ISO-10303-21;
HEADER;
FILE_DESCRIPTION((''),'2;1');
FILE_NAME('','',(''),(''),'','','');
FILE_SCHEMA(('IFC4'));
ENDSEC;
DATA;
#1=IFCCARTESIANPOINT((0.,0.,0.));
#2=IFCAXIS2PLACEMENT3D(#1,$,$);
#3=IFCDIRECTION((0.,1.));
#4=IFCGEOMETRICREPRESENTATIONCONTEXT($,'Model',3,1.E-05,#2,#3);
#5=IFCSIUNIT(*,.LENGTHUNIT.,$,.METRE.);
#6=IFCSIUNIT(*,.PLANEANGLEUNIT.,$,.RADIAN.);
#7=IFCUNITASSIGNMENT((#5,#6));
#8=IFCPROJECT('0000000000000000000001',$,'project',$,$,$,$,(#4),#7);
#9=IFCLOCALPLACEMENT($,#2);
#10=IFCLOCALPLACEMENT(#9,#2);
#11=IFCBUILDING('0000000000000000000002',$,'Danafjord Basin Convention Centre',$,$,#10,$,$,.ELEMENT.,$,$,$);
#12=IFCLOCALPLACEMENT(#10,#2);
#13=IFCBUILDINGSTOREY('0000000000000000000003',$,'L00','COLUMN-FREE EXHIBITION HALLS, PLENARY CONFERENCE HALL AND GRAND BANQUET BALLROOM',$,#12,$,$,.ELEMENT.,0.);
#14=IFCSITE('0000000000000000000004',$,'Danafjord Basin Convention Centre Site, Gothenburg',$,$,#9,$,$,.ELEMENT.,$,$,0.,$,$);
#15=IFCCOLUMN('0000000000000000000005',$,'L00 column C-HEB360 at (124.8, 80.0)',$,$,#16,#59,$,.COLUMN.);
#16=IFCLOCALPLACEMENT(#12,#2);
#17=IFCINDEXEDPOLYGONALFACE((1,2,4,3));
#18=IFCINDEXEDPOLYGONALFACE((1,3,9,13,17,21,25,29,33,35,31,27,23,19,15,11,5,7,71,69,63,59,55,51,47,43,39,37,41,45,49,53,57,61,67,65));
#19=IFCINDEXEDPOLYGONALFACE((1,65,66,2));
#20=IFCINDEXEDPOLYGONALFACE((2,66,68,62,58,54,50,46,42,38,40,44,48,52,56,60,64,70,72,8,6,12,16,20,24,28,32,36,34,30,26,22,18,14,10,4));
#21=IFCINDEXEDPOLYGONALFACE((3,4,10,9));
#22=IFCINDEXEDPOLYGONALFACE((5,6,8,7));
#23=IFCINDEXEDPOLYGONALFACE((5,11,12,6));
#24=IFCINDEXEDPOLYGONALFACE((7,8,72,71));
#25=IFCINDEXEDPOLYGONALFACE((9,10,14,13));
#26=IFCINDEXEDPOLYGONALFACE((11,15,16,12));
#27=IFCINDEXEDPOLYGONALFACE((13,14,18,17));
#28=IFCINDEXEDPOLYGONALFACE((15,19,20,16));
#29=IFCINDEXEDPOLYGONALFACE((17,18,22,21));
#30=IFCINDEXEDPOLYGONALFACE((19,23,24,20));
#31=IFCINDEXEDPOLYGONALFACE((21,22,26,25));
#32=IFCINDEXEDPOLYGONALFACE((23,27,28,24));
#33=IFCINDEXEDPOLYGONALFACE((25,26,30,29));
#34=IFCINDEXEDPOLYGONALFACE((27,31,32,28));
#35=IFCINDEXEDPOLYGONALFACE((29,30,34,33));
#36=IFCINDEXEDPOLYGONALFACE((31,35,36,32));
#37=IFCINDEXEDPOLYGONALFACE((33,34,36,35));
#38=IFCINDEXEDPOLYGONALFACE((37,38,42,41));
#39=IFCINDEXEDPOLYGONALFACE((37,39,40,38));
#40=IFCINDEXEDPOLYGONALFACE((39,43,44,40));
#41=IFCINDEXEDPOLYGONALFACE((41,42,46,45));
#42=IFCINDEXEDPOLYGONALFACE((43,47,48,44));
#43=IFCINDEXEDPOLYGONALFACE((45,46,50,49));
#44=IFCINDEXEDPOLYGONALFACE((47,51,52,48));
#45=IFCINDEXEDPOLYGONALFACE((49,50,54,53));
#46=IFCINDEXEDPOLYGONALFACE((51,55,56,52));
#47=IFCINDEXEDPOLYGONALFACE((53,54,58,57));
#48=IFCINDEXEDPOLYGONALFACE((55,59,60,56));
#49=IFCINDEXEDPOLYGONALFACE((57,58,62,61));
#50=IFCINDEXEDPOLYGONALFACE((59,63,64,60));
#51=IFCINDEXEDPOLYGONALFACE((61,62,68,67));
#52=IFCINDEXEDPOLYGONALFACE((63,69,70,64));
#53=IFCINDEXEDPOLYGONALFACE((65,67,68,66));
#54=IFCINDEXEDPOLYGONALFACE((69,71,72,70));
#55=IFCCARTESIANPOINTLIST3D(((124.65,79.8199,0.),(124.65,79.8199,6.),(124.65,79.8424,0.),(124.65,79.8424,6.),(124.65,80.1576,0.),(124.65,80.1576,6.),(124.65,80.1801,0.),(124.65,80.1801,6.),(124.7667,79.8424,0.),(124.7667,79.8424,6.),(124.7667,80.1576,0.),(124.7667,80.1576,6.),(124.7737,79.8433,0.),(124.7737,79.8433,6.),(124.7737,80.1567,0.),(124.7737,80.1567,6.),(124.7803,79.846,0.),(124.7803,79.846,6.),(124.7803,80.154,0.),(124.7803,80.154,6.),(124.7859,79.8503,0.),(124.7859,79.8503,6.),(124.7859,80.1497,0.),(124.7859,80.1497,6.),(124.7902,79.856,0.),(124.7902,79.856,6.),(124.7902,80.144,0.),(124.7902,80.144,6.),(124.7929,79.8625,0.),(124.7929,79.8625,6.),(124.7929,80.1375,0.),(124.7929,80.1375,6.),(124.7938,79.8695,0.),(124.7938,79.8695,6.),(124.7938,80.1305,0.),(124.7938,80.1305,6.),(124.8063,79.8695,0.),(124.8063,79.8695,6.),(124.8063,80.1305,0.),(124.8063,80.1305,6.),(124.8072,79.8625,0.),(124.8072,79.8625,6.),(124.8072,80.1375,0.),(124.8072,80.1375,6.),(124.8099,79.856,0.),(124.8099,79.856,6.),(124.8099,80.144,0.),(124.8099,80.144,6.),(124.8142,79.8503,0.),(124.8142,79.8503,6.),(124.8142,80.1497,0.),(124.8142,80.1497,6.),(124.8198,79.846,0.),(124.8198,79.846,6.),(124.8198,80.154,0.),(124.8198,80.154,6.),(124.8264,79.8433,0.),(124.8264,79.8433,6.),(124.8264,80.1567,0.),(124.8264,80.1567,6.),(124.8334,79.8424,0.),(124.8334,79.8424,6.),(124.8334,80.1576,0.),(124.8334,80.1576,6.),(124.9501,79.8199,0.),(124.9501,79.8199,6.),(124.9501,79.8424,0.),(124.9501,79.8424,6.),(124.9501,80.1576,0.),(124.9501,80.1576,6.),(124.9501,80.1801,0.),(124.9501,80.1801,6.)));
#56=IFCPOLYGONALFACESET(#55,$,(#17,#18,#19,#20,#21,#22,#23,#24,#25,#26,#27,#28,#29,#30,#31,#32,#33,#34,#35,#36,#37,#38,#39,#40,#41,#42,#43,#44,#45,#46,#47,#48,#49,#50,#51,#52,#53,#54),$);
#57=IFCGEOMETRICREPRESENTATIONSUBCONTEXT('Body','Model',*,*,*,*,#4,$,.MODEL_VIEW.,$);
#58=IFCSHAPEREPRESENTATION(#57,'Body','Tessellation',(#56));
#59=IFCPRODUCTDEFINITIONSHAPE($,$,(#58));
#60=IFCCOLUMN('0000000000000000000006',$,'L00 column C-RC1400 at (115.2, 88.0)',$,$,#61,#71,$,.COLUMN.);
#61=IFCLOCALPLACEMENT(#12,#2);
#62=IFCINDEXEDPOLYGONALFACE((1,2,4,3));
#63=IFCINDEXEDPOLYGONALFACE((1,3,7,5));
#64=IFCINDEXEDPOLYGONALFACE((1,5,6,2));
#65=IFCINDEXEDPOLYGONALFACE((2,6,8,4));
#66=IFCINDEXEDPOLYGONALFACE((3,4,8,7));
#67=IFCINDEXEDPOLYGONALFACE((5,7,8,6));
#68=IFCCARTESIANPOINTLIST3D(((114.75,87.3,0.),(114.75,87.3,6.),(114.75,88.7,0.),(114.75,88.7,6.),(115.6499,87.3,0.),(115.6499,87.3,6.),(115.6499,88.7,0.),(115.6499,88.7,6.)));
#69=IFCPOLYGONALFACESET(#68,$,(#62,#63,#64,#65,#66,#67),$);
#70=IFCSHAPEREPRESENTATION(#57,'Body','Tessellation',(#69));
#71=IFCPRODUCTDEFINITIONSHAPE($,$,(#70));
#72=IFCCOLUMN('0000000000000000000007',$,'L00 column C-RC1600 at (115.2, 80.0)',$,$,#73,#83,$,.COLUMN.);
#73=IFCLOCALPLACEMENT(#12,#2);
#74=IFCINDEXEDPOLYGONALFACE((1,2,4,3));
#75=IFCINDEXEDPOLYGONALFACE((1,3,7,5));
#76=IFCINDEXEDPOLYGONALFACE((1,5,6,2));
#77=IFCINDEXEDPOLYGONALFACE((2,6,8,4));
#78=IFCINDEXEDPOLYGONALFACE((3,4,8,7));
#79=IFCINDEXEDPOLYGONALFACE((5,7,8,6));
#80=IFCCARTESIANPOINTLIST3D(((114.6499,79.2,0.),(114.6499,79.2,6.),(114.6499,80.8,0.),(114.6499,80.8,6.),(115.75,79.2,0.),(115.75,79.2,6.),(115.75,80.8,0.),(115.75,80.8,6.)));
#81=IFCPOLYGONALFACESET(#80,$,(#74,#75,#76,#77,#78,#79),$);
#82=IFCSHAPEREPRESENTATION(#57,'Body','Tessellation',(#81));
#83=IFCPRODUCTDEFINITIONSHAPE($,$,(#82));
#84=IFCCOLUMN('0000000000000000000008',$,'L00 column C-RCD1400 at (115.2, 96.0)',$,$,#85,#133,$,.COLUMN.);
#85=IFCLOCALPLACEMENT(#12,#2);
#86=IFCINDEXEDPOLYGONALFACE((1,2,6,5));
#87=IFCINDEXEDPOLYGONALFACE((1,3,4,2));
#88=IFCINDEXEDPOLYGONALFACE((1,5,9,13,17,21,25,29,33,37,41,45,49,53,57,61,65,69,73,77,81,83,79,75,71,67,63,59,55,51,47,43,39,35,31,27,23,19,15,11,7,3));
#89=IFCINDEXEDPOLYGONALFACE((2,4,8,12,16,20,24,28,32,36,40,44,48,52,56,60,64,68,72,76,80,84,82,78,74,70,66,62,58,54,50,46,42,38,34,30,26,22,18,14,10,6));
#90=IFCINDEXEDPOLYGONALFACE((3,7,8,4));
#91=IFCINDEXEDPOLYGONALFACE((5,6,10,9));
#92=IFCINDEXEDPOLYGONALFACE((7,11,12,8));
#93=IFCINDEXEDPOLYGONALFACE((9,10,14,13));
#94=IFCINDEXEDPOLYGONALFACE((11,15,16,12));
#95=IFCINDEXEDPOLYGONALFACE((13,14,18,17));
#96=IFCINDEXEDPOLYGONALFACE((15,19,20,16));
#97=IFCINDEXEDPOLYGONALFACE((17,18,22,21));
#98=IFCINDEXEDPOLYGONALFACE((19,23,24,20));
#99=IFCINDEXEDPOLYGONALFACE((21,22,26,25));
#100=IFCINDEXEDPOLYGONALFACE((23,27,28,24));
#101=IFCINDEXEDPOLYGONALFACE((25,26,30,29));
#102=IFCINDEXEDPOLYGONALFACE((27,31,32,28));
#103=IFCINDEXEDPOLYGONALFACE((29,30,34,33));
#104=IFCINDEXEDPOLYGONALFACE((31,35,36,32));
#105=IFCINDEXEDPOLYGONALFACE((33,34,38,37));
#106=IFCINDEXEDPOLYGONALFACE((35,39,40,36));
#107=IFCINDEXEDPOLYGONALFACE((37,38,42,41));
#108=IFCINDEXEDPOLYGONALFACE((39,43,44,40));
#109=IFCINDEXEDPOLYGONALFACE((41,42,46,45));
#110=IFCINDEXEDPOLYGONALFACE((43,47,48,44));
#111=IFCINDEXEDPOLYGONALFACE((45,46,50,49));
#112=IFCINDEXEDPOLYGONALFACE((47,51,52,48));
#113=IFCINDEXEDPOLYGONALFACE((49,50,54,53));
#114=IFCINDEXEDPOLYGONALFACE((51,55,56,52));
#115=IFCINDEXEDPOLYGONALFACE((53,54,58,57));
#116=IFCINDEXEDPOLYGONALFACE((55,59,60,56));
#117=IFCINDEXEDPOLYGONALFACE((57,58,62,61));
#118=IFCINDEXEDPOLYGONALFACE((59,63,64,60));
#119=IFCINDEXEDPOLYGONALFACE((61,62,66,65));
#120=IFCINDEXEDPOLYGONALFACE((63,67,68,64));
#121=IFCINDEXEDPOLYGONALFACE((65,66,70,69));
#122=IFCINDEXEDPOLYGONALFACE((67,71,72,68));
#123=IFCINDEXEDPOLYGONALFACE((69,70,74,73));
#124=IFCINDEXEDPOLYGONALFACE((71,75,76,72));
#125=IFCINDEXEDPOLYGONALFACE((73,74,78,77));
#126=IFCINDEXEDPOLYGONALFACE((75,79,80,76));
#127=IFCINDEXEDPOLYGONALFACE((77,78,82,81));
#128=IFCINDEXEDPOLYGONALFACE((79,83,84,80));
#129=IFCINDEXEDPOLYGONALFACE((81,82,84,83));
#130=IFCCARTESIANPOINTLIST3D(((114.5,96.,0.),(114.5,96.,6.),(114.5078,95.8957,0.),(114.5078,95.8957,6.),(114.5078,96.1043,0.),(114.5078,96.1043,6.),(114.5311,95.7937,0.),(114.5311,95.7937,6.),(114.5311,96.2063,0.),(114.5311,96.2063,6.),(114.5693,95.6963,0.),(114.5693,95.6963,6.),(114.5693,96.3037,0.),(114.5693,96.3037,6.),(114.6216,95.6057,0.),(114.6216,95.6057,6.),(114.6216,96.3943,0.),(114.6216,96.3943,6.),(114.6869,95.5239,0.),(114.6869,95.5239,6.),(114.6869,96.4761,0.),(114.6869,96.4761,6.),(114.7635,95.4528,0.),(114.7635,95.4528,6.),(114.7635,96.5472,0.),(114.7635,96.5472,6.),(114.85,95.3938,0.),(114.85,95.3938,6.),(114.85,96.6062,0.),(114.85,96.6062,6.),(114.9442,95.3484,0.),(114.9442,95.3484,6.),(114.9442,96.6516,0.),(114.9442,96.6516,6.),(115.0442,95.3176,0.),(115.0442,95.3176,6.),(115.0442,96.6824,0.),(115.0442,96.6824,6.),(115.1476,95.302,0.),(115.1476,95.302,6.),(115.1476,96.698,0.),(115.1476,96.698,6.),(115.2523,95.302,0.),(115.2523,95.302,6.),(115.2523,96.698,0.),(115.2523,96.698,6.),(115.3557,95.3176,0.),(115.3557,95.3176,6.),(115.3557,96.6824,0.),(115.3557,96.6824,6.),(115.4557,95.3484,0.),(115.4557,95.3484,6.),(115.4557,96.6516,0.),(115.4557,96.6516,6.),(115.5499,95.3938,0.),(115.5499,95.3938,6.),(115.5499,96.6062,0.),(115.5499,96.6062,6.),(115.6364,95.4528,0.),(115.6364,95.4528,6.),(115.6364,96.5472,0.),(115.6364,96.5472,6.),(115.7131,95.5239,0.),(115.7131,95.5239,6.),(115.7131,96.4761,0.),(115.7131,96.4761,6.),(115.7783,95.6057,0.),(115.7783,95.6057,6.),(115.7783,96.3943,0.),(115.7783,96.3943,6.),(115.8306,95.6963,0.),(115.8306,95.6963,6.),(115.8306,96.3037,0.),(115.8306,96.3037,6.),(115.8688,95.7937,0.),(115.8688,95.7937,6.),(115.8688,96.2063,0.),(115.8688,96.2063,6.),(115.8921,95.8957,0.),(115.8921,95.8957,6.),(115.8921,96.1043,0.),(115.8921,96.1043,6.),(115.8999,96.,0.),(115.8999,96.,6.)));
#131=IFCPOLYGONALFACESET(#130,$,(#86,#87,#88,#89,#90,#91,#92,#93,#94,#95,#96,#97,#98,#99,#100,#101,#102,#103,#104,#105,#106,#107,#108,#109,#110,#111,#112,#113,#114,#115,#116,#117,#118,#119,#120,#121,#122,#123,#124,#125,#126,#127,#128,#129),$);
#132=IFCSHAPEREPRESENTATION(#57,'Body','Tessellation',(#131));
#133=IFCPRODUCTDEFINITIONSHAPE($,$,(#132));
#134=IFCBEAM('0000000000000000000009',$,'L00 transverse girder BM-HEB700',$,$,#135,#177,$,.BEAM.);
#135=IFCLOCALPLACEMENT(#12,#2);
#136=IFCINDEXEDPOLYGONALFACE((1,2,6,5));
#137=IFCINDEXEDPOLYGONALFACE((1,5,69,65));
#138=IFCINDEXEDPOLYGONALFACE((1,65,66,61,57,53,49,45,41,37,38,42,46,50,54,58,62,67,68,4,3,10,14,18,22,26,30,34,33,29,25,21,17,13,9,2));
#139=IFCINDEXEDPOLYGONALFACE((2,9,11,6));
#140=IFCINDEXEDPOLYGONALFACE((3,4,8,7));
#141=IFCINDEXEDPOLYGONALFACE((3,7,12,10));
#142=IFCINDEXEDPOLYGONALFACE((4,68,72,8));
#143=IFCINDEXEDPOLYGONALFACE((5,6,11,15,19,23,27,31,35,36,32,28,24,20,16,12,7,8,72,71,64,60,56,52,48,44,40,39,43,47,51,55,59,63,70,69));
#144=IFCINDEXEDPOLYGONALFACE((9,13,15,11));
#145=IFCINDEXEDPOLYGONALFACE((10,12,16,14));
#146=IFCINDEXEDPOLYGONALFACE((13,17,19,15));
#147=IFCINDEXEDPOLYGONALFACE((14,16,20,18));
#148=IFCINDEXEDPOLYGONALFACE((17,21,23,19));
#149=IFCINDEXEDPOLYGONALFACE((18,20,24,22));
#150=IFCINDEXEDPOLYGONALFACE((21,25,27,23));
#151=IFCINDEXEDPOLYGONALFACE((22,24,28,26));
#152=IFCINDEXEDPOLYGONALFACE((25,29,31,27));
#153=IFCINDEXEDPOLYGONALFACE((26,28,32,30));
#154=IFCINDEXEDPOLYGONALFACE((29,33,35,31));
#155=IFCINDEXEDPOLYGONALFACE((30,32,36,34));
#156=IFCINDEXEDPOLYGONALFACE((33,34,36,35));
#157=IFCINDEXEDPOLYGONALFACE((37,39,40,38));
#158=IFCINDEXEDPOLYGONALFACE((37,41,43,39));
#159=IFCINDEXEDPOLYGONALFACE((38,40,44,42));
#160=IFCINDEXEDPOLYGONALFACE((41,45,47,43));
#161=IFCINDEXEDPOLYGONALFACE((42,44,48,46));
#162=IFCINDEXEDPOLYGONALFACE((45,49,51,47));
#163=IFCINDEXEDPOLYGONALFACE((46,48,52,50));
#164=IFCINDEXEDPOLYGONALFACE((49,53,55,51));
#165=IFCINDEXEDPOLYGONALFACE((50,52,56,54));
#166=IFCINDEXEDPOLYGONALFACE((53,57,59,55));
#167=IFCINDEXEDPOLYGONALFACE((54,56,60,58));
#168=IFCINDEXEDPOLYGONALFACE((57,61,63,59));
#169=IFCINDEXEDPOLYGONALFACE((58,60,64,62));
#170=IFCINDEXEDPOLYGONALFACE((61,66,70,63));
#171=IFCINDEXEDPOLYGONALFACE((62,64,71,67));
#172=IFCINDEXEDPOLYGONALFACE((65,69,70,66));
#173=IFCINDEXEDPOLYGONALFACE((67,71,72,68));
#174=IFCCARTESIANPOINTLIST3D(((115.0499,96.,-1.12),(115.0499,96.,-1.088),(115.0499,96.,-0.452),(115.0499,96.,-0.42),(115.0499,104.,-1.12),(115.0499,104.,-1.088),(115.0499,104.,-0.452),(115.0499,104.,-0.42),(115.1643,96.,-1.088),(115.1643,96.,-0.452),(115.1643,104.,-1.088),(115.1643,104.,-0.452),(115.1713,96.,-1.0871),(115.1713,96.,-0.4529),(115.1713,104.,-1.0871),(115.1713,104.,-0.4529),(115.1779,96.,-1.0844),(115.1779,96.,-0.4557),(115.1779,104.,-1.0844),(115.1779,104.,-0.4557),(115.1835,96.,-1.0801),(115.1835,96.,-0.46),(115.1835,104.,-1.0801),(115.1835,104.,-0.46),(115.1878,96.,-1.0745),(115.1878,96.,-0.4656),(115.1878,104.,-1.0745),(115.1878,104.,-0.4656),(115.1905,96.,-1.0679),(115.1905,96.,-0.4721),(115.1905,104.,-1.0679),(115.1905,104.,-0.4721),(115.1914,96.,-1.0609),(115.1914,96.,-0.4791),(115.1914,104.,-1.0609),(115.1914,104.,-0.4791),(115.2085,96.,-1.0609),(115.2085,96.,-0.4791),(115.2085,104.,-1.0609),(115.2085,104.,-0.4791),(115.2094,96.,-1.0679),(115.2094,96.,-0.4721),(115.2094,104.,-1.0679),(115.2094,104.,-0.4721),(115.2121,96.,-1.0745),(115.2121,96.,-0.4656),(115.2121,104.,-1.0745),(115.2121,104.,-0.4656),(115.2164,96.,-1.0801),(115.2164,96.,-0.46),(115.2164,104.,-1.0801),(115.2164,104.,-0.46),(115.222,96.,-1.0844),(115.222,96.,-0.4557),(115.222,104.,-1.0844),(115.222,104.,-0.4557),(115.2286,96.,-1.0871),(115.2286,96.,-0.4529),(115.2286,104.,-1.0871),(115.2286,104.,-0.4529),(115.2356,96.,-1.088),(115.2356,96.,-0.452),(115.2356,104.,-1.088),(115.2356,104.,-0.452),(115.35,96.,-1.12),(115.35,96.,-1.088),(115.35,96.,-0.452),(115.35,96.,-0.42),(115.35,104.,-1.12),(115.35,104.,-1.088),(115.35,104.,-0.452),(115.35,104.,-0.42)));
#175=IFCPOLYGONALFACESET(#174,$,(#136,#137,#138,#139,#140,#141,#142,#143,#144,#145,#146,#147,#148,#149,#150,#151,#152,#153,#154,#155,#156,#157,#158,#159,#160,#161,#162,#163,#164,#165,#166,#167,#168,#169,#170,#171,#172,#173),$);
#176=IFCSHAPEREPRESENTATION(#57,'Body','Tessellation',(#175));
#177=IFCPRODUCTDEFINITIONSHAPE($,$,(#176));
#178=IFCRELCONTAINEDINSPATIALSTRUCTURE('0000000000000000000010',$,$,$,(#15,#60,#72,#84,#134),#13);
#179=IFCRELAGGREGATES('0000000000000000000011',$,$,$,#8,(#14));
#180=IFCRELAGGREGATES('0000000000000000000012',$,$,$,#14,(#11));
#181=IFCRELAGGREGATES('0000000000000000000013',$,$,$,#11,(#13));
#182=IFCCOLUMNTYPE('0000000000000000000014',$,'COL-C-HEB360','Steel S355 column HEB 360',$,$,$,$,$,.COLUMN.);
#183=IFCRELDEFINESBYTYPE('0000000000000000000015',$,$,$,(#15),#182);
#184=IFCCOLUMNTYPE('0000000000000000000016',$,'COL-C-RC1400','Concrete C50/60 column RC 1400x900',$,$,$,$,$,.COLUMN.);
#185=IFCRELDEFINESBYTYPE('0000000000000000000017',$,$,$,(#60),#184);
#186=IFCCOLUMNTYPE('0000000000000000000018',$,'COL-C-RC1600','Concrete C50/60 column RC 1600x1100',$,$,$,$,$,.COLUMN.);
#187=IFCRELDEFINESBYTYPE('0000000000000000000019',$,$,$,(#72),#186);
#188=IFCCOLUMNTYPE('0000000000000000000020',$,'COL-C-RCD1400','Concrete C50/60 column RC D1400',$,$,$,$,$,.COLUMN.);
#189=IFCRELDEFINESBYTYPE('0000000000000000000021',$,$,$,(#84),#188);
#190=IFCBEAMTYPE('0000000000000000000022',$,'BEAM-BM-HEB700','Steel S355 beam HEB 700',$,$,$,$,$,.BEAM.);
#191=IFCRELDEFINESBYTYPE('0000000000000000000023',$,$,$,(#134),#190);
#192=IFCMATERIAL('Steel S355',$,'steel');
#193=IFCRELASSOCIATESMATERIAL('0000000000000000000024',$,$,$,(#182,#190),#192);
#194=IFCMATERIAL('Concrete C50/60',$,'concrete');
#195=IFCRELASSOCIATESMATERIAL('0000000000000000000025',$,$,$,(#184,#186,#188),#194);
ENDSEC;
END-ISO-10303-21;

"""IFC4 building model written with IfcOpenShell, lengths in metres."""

from ifc_helpers import new_model, si_unit, direction, frame, origin, origin_2d, place, context, subcontext, project, spatial, rectangle, circle, i_section, extrude, material, material_profile, profile_set, type_object, element, save


model = new_model("IFC4")

# Units and contexts
model_context = context("Model", 3, precision=1e-05, world=origin(), true_north=direction((0.0, 1.0)))
body_context = subcontext(model_context, "Body", "Model", "MODEL_VIEW")
ifc_project = project(units=[si_unit("LENGTHUNIT", "METRE"), si_unit("PLANEANGLEUNIT", "RADIAN")], contexts=[model_context])

# Site, building, storey
site_placement = place(None, origin())
site = spatial("IfcSite", under=ifc_project, at=site_placement, Name="Danafjord Basin Convention Centre Site, Gothenburg", CompositionType="ELEMENT", RefElevation=0.0)
building_placement = place(site_placement, origin())
building = spatial("IfcBuilding", under=site, at=building_placement, Name="Danafjord Basin Convention Centre", CompositionType="ELEMENT")
storey_placement = place(building_placement, origin())
storey = spatial("IfcBuildingStorey", under=building, at=storey_placement, Name="L00", Description="COLUMN-FREE EXHIBITION HALLS, PLENARY CONFERENCE HALL AND GRAND BANQUET BALLROOM", CompositionType="ELEMENT", Elevation=0.0)

# Columns
ifc_material_1 = material(Name="Steel S355", Category="steel")
ifc_material_profile_1 = material_profile(ifc_material_1, i_section(OverallWidth=0.3, OverallDepth=0.3601, WebThickness=0.0125, FlangeThickness=0.0225, FilletRadius=0.0271, at=origin_2d()), Name="HEB 360")
ifc_profile_set_1 = profile_set([ifc_material_profile_1], Name="Steel S355")
column_type_1 = type_object("IfcColumnType", Name="COL-C-HEB360", Description="Steel S355 column HEB 360", PredefinedType="COLUMN", material=ifc_profile_set_1)
column_1_placement = place(storey_placement, frame((124.8, 80.0, 0.0), z_axis=(0.0, 0.0, 1.0), x_axis=(1.0, 0.0, 0.0)))
element("IfcColumn", 1, at=column_1_placement, inside=storey, type_object=column_type_1, Name="L00 column C-HEB360 at (124.8, 80.0)", PredefinedType="COLUMN", context=body_context, shape_type="SweptSolid", body=[
    extrude(i_section(OverallWidth=0.3, OverallDepth=0.3601, WebThickness=0.0125, FlangeThickness=0.0225, FilletRadius=0.0271, at=origin_2d()), origin(), (0.0, 0.0, 1.0), 6.0),
])
ifc_material_2 = material(Name="Concrete C50/60", Category="concrete")
ifc_material_profile_2 = material_profile(ifc_material_2, rectangle(XDim=0.8999, YDim=1.3999, at=origin_2d()), Name="RC 1400x900")
ifc_profile_set_2 = profile_set([ifc_material_profile_2], Name="Concrete C50/60")
column_type_2 = type_object("IfcColumnType", Name="COL-C-RC1400", Description="Concrete C50/60 column RC 1400x900", PredefinedType="COLUMN", material=ifc_profile_set_2)
column_2_placement = place(storey_placement, frame((115.2, 88.0, 0.0), z_axis=(0.0, 0.0, 1.0), x_axis=(1.0, 0.0, 0.0)))
element("IfcColumn", 2, at=column_2_placement, inside=storey, type_object=column_type_2, Name="L00 column C-RC1400 at (115.2, 88.0)", PredefinedType="COLUMN", context=body_context, shape_type="SweptSolid", body=[
    extrude(rectangle(XDim=0.8999, YDim=1.3999, at=origin_2d()), origin(), (0.0, 0.0, 1.0), 6.0),
])
ifc_material_profile_3 = material_profile(ifc_material_2, rectangle(XDim=1.1001, YDim=1.6001, at=origin_2d()), Name="RC 1600x1100")
ifc_profile_set_3 = profile_set([ifc_material_profile_3], Name="Concrete C50/60")
column_type_3 = type_object("IfcColumnType", Name="COL-C-RC1600", Description="Concrete C50/60 column RC 1600x1100", PredefinedType="COLUMN", material=ifc_profile_set_3)
column_3_placement = place(storey_placement, frame((115.2, 80.0, 0.0), z_axis=(0.0, 0.0, 1.0), x_axis=(1.0, 0.0, 0.0)))
element("IfcColumn", 3, at=column_3_placement, inside=storey, type_object=column_type_3, Name="L00 column C-RC1600 at (115.2, 80.0)", PredefinedType="COLUMN", context=body_context, shape_type="SweptSolid", body=[
    extrude(rectangle(XDim=1.1001, YDim=1.6001, at=origin_2d()), origin(), (0.0, 0.0, 1.0), 6.0),
])
ifc_material_profile_4 = material_profile(ifc_material_2, circle(Radius=0.7, at=origin_2d()), Name="RC D1400")
ifc_profile_set_4 = profile_set([ifc_material_profile_4], Name="Concrete C50/60")
column_type_4 = type_object("IfcColumnType", Name="COL-C-RCD1400", Description="Concrete C50/60 column RC D1400", PredefinedType="COLUMN", material=ifc_profile_set_4)
column_4_placement = place(storey_placement, frame((115.2, 96.0, 0.0), z_axis=(0.0, 0.0, 1.0), x_axis=(1.0, 0.0, 0.0)))
element("IfcColumn", 4, at=column_4_placement, inside=storey, type_object=column_type_4, Name="L00 column C-RCD1400 at (115.2, 96.0)", PredefinedType="COLUMN", context=body_context, shape_type="SweptSolid", body=[
    extrude(circle(Radius=0.7, at=origin_2d()), origin(), (0.0, 0.0, 1.0), 6.0),
])

# Beam
ifc_material_profile_5 = material_profile(ifc_material_1, i_section(OverallWidth=0.3, OverallDepth=0.7, WebThickness=0.0171, FlangeThickness=0.032, FilletRadius=0.0271, at=origin_2d()), Name="HEB 700")
ifc_profile_set_5 = profile_set([ifc_material_profile_5], Name="Steel S355")
beam_type_1 = type_object("IfcBeamType", Name="BEAM-BM-HEB700", Description="Steel S355 beam HEB 700", PredefinedType="BEAM", material=ifc_profile_set_5)
beam_1_placement = place(storey_placement, frame((115.2, 96.0, -0.77), z_axis=(0.0, 1.0, 0.0), x_axis=(-1.0, 0.0, 0.0)))
element("IfcBeam", 5, at=beam_1_placement, inside=storey, type_object=beam_type_1, Name="L00 transverse girder BM-HEB700", PredefinedType="BEAM", context=body_context, shape_type="SweptSolid", body=[
    extrude(i_section(OverallWidth=0.3, OverallDepth=0.7, WebThickness=0.0171, FlangeThickness=0.032, FilletRadius=0.0271, at=origin_2d()), origin(), (0.0, 0.0, 1.0), 8.0),
])

save(model, "model.ifc")
